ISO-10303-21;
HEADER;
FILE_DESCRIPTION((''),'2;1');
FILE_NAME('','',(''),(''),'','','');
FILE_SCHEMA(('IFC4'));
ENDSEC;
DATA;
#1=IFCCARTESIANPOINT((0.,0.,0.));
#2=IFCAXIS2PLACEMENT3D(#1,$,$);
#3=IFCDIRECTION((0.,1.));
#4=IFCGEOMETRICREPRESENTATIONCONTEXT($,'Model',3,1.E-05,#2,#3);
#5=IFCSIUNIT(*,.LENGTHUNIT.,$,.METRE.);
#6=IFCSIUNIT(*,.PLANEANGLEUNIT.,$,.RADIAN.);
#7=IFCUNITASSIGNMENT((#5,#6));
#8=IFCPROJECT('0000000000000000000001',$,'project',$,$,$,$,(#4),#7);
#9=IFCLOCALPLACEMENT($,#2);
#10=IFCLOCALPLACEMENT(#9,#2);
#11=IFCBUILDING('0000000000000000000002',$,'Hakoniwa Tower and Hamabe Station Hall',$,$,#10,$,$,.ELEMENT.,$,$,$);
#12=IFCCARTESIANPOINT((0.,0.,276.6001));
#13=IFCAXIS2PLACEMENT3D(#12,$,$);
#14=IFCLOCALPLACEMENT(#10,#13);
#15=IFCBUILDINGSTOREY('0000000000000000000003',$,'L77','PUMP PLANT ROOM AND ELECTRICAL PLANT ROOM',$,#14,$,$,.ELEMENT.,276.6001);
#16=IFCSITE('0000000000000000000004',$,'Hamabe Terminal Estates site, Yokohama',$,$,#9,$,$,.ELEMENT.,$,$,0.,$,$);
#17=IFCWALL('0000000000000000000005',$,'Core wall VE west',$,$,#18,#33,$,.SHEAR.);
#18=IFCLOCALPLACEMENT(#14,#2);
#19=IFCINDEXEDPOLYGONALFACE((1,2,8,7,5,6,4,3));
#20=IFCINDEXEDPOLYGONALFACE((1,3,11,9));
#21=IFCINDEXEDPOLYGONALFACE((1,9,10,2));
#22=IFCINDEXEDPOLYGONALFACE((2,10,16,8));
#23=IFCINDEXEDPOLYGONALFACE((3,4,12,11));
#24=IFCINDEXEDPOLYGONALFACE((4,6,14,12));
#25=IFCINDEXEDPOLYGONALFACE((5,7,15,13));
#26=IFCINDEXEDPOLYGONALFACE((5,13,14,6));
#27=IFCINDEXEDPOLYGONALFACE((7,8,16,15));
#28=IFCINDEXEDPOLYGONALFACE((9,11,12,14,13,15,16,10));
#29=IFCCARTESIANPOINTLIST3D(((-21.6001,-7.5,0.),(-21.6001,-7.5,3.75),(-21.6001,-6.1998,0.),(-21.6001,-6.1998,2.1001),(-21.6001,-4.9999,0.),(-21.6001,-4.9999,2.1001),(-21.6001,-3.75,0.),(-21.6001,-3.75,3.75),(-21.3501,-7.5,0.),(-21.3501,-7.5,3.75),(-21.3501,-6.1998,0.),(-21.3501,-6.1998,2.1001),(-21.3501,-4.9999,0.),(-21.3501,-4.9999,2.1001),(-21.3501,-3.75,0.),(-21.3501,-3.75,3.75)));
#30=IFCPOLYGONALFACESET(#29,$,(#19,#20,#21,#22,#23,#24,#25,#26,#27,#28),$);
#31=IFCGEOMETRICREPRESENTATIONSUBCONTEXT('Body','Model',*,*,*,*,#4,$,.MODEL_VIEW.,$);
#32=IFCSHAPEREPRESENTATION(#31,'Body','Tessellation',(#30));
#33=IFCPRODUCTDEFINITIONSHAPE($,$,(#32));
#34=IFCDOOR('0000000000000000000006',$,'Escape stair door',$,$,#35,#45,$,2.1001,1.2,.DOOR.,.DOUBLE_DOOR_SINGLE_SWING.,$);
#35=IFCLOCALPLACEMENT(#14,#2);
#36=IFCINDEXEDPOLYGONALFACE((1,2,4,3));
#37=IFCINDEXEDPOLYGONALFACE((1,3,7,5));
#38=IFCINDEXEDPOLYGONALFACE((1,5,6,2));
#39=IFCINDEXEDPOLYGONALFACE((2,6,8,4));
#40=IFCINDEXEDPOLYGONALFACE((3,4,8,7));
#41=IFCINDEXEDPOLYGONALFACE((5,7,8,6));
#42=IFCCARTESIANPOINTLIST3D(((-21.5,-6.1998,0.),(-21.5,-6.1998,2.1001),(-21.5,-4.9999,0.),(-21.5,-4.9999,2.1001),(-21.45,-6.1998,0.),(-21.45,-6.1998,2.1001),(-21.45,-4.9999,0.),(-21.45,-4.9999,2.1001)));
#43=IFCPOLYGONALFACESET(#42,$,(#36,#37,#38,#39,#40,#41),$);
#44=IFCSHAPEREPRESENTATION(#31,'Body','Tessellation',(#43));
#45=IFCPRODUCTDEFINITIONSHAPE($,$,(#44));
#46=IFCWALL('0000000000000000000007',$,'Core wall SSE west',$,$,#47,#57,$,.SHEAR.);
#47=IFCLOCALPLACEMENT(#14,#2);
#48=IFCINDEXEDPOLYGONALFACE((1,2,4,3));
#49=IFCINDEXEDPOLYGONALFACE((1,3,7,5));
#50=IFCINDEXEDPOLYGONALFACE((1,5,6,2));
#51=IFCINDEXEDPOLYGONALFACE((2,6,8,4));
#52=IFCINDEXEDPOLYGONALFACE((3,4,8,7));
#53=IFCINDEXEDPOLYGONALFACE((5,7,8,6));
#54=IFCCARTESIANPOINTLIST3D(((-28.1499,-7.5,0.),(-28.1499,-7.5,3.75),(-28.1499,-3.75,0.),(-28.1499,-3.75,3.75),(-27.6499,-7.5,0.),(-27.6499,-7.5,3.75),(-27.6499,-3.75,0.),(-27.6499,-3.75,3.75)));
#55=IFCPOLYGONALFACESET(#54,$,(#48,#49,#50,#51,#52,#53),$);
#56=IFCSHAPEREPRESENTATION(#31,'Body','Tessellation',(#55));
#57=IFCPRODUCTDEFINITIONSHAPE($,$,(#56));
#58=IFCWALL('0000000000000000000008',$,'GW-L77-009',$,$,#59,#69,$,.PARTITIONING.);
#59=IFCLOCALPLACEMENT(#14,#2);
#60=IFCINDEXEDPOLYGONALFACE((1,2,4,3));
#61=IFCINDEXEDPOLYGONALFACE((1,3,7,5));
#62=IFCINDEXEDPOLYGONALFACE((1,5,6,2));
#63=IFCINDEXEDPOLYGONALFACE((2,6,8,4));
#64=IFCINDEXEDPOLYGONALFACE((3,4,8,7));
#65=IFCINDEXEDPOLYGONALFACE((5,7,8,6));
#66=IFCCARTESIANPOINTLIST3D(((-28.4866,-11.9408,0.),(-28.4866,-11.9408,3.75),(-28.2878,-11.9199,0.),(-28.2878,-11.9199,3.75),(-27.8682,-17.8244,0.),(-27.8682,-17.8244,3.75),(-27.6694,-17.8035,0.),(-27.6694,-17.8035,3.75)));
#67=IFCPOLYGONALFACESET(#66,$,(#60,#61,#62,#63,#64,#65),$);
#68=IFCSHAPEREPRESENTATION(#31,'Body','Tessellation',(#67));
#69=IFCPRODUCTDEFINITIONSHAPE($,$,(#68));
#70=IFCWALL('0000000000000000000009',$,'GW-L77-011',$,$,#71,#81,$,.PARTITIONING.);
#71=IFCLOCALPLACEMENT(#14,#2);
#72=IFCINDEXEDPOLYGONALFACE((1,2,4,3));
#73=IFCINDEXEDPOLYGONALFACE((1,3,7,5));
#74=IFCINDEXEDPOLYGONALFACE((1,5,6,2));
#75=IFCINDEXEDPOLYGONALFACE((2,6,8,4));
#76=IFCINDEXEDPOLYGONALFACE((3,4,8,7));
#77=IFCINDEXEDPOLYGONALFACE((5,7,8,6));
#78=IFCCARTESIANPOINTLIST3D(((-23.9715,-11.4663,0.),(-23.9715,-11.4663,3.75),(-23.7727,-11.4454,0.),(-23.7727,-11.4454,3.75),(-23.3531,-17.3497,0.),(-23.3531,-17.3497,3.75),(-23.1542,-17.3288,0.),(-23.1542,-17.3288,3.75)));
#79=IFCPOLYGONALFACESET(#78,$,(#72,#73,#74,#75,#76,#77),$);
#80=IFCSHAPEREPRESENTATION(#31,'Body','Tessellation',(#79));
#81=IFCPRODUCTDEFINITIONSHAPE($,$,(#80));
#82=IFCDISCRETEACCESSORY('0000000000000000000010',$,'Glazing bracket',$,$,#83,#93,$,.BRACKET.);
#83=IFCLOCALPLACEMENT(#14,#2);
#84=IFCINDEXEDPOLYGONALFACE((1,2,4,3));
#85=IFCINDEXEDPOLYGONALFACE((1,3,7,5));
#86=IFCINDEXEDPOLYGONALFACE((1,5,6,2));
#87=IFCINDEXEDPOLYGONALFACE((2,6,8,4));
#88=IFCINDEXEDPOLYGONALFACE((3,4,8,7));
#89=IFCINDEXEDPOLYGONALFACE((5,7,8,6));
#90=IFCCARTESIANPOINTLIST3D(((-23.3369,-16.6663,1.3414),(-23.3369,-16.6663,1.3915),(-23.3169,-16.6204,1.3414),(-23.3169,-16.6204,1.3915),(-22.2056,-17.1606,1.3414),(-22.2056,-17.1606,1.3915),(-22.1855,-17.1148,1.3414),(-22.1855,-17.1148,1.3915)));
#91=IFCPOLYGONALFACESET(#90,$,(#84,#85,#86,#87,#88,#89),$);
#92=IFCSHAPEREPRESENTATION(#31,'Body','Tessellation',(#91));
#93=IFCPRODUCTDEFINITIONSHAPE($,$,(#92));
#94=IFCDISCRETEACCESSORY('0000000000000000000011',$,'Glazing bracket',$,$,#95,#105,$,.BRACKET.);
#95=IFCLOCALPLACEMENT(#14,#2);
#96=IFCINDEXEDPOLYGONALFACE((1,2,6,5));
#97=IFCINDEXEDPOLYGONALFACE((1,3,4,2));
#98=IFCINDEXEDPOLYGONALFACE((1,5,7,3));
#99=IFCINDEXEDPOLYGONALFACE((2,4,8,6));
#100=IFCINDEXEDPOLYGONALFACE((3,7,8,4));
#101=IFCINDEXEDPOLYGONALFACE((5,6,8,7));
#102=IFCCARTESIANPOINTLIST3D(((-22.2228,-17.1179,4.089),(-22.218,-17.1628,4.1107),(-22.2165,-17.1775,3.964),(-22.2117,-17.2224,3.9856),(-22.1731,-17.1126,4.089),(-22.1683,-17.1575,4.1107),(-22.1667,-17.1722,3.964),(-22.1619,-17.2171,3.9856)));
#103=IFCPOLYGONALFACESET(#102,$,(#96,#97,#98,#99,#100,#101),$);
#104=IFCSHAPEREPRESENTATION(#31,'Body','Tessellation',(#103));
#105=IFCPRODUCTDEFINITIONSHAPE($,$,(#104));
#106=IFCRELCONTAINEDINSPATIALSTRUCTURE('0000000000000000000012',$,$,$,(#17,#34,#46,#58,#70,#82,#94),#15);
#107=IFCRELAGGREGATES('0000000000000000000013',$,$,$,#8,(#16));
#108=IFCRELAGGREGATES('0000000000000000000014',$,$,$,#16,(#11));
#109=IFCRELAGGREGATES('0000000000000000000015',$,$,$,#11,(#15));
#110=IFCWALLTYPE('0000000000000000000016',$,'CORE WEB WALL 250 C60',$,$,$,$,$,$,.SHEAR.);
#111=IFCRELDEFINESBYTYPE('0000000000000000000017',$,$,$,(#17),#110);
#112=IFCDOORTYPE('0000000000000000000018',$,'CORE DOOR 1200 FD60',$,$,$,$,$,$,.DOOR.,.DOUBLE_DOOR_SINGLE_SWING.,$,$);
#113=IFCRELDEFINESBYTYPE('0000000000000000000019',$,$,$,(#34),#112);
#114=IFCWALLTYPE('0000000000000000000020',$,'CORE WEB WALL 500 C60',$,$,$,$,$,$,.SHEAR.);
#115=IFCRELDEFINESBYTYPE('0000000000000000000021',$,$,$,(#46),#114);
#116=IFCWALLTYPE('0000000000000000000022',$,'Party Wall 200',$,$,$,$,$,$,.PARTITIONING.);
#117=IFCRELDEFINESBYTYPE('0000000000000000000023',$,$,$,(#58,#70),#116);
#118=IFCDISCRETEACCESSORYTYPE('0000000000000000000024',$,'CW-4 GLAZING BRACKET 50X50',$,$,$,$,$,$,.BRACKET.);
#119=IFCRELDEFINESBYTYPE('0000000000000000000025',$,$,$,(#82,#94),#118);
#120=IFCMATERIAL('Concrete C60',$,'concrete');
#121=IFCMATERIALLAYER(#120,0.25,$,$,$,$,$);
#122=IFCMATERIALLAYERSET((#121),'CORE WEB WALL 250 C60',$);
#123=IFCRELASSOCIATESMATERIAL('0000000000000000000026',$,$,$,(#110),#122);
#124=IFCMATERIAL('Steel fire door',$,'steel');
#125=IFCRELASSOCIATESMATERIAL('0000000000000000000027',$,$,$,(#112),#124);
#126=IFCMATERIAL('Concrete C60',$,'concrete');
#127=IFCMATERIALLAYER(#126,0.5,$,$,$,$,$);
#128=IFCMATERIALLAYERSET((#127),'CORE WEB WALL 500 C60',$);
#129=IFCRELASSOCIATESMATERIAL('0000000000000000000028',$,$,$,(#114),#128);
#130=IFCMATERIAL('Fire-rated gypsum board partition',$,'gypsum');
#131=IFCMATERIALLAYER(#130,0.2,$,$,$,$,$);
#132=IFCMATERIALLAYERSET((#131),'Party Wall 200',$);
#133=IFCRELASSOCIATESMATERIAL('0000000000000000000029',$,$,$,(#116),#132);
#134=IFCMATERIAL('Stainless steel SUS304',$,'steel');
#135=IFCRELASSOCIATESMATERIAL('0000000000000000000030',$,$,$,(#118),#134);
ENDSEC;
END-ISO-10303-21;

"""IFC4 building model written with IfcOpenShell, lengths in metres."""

from ifc_helpers import new_model, si_unit, direction, frame, frame_2d, origin, origin_2d, place, context, subcontext, project, spatial, rectangle, extrude, material, layer, layer_set, material_profile, profile_set, type_object, element, fill, save


model = new_model("IFC4")

# Units and contexts
model_context = context("Model", 3, precision=1e-05, world=origin(), true_north=direction((0.0, 1.0)))
body_context = subcontext(model_context, "Body", "Model", "MODEL_VIEW")
ifc_project = project(units=[si_unit("LENGTHUNIT", "METRE"), si_unit("PLANEANGLEUNIT", "RADIAN")], contexts=[model_context])

# Site, building, storey
site_placement = place(None, origin())
site = spatial("IfcSite", under=ifc_project, at=site_placement, Name="Hamabe Terminal Estates site, Yokohama", CompositionType="ELEMENT", RefElevation=0.0)
building_placement = place(site_placement, origin())
building = spatial("IfcBuilding", under=site, at=building_placement, Name="Hakoniwa Tower and Hamabe Station Hall", CompositionType="ELEMENT")
storey_placement = place(building_placement, frame((0.0, 0.0, 276.6001)))
storey = spatial("IfcBuildingStorey", under=building, at=storey_placement, Name="L77", Description="PUMP PLANT ROOM AND ELECTRICAL PLANT ROOM", CompositionType="ELEMENT", Elevation=276.6001)

# Shared definitions
ifc_material_1 = material(Name="Concrete C60", Category="concrete")
ifc_layer_1 = layer(ifc_material_1, 0.25)
ifc_layer_set_1 = layer_set([ifc_layer_1], Name="CORE WEB WALL 250 C60")
wall_type_1 = type_object("IfcWallType", Name="CORE WEB WALL 250 C60", PredefinedType="SHEAR", material=ifc_layer_set_1)

# Wall, opening, door
wall_1_placement = place(storey_placement, frame((-21.4751, -7.5, 0.0), z_axis=(0.0, 0.0, 1.0), x_axis=(0.0, 1.0, 0.0)))
wall_1 = element("IfcWall", 1, at=wall_1_placement, inside=storey, type_object=wall_type_1, Name="Core wall VE west", PredefinedType="SHEAR", context=body_context, shape_type="SweptSolid", body=[
    extrude(rectangle(XDim=3.75, YDim=0.25, at=frame_2d((1.875, 0.0))), origin(), (0.0, 0.0, 1.0), 3.75),
])
opening_1_placement = place(wall_1_placement, frame((1.3, 0.0, 0.0)))
opening_1 = element("IfcOpeningElement", 2, at=opening_1_placement, cuts=wall_1, PredefinedType="OPENING", context=body_context, shape_type="SweptSolid", body=[
    extrude(rectangle(XDim=1.2, YDim=2.1001, at=frame_2d((0.6001, 1.05))), frame((0.0, 0.135, 0.0), z_axis=(0.0, -1.0, 0.0), x_axis=(1.0, 0.0, 0.0)), (0.0, 0.0, 1.0), 0.27),
])
ifc_material_2 = material(Name="Steel fire door", Category="steel")
door_type_1 = type_object("IfcDoorType", Name="CORE DOOR 1200 FD60", OperationType="DOUBLE_DOOR_SINGLE_SWING", PredefinedType="DOOR", material=ifc_material_2)
door_1_placement = place(opening_1_placement, origin())
door_1 = element("IfcDoor", 3, at=door_1_placement, inside=storey, type_object=door_type_1, Name="Escape stair door", OperationType="DOUBLE_DOOR_SINGLE_SWING", OverallHeight=2.1001, OverallWidth=1.2, PredefinedType="DOOR", context=body_context, shape_type="SweptSolid", body=[
    extrude(rectangle(XDim=1.2, YDim=2.1001, at=frame_2d((0.6001, 1.05))), frame((0.0, 0.0249, 0.0), z_axis=(0.0, -1.0, 0.0), x_axis=(1.0, 0.0, 0.0)), (0.0, 0.0, 1.0), 0.05),
])
fill(opening_1, door_1)

# Walls
ifc_material_3 = material(Name="Concrete C60", Category="concrete")
ifc_layer_2 = layer(ifc_material_3, 0.5)
ifc_layer_set_2 = layer_set([ifc_layer_2], Name="CORE WEB WALL 500 C60")
wall_type_2 = type_object("IfcWallType", Name="CORE WEB WALL 500 C60", PredefinedType="SHEAR", material=ifc_layer_set_2)
wall_2_placement = place(storey_placement, frame((-27.8999, -7.5, 0.0), z_axis=(0.0, 0.0, 1.0), x_axis=(0.0, 1.0, 0.0)))
element("IfcWall", 4, at=wall_2_placement, inside=storey, type_object=wall_type_2, Name="Core wall SSE west", PredefinedType="SHEAR", context=body_context, shape_type="SweptSolid", body=[
    extrude(rectangle(XDim=3.75, YDim=0.5, at=frame_2d((1.875, 0.0))), origin(), (0.0, 0.0, 1.0), 3.75),
])
ifc_material_4 = material(Name="Fire-rated gypsum board partition", Category="gypsum")
ifc_layer_3 = layer(ifc_material_4, 0.2)
ifc_layer_set_3 = layer_set([ifc_layer_3], Name="Party Wall 200")
wall_type_3 = type_object("IfcWallType", Name="Party Wall 200", PredefinedType="PARTITIONING", material=ifc_layer_set_3)
wall_3_placement = place(storey_placement, frame((-27.7688, -17.814, 0.0), z_axis=(0.0, 0.0, 1.0), x_axis=(-0.104532, 0.994521, 0.0)))
element("IfcWall", 5, at=wall_3_placement, inside=storey, type_object=wall_type_3, Name="GW-L77-009", PredefinedType="PARTITIONING", context=body_context, shape_type="SweptSolid", body=[
    extrude(rectangle(XDim=5.916, YDim=0.2, at=frame_2d((2.958, 0.0))), origin(), (0.0, 0.0, 1.0), 3.75),
])
wall_4_placement = place(storey_placement, frame((-23.2537, -17.3394, 0.0), z_axis=(0.0, 0.0, 1.0), x_axis=(-0.104537, 0.994521, 0.0)))
element("IfcWall", 6, at=wall_4_placement, inside=storey, type_object=wall_type_3, Name="GW-L77-011", PredefinedType="PARTITIONING", context=body_context, shape_type="SweptSolid", body=[
    extrude(rectangle(XDim=5.9158, YDim=0.2, at=frame_2d((2.958, 0.0))), origin(), (0.0, 0.0, 1.0), 3.75),
])

# Discrete accessories
ifc_material_5 = material(Name="Stainless steel SUS304", Category="steel")
ifc_material_profile_1 = material_profile(ifc_material_5, rectangle(XDim=0.05, YDim=0.05, at=origin_2d()), Name="CW-4 GLAZING BRACKET 50X50")
ifc_profile_set_1 = profile_set([ifc_material_profile_1], Name="Stainless steel SUS304")
discrete_accessory_type = type_object("IfcDiscreteAccessoryType", Name="CW-4 GLAZING BRACKET 50X50", PredefinedType="BRACKET", material=ifc_profile_set_1)
discrete_accessory_1_placement = place(storey_placement, frame((-22.1956, -17.1377, 1.3665), z_axis=(-0.91633, 0.400425, 0.0), x_axis=(-0.400425, -0.91633, 0.0)))
element("IfcDiscreteAccessory", 7, at=discrete_accessory_1_placement, inside=storey, type_object=discrete_accessory_type, Name="Glazing bracket", PredefinedType="BRACKET", context=body_context, shape_type="SweptSolid", body=[
    extrude(rectangle(XDim=0.05, YDim=0.05, at=origin_2d()), origin(), (0.0, 0.0, 1.0), 1.2346),
])
discrete_accessory_2_placement = place(storey_placement, frame((-22.1956, -17.1377, 4.0999), z_axis=(0.045794, -0.429756, -0.901783), x_axis=(0.994371, 0.105958, 0.0)))
element("IfcDiscreteAccessory", 8, at=discrete_accessory_2_placement, inside=storey, type_object=discrete_accessory_type, Name="Glazing bracket", PredefinedType="BRACKET", context=body_context, shape_type="SweptSolid", body=[
    extrude(rectangle(XDim=0.05, YDim=0.05, at=origin_2d()), origin(), (0.0, 0.0, 1.0), 0.1387),
])

save(model, "model.ifc")
